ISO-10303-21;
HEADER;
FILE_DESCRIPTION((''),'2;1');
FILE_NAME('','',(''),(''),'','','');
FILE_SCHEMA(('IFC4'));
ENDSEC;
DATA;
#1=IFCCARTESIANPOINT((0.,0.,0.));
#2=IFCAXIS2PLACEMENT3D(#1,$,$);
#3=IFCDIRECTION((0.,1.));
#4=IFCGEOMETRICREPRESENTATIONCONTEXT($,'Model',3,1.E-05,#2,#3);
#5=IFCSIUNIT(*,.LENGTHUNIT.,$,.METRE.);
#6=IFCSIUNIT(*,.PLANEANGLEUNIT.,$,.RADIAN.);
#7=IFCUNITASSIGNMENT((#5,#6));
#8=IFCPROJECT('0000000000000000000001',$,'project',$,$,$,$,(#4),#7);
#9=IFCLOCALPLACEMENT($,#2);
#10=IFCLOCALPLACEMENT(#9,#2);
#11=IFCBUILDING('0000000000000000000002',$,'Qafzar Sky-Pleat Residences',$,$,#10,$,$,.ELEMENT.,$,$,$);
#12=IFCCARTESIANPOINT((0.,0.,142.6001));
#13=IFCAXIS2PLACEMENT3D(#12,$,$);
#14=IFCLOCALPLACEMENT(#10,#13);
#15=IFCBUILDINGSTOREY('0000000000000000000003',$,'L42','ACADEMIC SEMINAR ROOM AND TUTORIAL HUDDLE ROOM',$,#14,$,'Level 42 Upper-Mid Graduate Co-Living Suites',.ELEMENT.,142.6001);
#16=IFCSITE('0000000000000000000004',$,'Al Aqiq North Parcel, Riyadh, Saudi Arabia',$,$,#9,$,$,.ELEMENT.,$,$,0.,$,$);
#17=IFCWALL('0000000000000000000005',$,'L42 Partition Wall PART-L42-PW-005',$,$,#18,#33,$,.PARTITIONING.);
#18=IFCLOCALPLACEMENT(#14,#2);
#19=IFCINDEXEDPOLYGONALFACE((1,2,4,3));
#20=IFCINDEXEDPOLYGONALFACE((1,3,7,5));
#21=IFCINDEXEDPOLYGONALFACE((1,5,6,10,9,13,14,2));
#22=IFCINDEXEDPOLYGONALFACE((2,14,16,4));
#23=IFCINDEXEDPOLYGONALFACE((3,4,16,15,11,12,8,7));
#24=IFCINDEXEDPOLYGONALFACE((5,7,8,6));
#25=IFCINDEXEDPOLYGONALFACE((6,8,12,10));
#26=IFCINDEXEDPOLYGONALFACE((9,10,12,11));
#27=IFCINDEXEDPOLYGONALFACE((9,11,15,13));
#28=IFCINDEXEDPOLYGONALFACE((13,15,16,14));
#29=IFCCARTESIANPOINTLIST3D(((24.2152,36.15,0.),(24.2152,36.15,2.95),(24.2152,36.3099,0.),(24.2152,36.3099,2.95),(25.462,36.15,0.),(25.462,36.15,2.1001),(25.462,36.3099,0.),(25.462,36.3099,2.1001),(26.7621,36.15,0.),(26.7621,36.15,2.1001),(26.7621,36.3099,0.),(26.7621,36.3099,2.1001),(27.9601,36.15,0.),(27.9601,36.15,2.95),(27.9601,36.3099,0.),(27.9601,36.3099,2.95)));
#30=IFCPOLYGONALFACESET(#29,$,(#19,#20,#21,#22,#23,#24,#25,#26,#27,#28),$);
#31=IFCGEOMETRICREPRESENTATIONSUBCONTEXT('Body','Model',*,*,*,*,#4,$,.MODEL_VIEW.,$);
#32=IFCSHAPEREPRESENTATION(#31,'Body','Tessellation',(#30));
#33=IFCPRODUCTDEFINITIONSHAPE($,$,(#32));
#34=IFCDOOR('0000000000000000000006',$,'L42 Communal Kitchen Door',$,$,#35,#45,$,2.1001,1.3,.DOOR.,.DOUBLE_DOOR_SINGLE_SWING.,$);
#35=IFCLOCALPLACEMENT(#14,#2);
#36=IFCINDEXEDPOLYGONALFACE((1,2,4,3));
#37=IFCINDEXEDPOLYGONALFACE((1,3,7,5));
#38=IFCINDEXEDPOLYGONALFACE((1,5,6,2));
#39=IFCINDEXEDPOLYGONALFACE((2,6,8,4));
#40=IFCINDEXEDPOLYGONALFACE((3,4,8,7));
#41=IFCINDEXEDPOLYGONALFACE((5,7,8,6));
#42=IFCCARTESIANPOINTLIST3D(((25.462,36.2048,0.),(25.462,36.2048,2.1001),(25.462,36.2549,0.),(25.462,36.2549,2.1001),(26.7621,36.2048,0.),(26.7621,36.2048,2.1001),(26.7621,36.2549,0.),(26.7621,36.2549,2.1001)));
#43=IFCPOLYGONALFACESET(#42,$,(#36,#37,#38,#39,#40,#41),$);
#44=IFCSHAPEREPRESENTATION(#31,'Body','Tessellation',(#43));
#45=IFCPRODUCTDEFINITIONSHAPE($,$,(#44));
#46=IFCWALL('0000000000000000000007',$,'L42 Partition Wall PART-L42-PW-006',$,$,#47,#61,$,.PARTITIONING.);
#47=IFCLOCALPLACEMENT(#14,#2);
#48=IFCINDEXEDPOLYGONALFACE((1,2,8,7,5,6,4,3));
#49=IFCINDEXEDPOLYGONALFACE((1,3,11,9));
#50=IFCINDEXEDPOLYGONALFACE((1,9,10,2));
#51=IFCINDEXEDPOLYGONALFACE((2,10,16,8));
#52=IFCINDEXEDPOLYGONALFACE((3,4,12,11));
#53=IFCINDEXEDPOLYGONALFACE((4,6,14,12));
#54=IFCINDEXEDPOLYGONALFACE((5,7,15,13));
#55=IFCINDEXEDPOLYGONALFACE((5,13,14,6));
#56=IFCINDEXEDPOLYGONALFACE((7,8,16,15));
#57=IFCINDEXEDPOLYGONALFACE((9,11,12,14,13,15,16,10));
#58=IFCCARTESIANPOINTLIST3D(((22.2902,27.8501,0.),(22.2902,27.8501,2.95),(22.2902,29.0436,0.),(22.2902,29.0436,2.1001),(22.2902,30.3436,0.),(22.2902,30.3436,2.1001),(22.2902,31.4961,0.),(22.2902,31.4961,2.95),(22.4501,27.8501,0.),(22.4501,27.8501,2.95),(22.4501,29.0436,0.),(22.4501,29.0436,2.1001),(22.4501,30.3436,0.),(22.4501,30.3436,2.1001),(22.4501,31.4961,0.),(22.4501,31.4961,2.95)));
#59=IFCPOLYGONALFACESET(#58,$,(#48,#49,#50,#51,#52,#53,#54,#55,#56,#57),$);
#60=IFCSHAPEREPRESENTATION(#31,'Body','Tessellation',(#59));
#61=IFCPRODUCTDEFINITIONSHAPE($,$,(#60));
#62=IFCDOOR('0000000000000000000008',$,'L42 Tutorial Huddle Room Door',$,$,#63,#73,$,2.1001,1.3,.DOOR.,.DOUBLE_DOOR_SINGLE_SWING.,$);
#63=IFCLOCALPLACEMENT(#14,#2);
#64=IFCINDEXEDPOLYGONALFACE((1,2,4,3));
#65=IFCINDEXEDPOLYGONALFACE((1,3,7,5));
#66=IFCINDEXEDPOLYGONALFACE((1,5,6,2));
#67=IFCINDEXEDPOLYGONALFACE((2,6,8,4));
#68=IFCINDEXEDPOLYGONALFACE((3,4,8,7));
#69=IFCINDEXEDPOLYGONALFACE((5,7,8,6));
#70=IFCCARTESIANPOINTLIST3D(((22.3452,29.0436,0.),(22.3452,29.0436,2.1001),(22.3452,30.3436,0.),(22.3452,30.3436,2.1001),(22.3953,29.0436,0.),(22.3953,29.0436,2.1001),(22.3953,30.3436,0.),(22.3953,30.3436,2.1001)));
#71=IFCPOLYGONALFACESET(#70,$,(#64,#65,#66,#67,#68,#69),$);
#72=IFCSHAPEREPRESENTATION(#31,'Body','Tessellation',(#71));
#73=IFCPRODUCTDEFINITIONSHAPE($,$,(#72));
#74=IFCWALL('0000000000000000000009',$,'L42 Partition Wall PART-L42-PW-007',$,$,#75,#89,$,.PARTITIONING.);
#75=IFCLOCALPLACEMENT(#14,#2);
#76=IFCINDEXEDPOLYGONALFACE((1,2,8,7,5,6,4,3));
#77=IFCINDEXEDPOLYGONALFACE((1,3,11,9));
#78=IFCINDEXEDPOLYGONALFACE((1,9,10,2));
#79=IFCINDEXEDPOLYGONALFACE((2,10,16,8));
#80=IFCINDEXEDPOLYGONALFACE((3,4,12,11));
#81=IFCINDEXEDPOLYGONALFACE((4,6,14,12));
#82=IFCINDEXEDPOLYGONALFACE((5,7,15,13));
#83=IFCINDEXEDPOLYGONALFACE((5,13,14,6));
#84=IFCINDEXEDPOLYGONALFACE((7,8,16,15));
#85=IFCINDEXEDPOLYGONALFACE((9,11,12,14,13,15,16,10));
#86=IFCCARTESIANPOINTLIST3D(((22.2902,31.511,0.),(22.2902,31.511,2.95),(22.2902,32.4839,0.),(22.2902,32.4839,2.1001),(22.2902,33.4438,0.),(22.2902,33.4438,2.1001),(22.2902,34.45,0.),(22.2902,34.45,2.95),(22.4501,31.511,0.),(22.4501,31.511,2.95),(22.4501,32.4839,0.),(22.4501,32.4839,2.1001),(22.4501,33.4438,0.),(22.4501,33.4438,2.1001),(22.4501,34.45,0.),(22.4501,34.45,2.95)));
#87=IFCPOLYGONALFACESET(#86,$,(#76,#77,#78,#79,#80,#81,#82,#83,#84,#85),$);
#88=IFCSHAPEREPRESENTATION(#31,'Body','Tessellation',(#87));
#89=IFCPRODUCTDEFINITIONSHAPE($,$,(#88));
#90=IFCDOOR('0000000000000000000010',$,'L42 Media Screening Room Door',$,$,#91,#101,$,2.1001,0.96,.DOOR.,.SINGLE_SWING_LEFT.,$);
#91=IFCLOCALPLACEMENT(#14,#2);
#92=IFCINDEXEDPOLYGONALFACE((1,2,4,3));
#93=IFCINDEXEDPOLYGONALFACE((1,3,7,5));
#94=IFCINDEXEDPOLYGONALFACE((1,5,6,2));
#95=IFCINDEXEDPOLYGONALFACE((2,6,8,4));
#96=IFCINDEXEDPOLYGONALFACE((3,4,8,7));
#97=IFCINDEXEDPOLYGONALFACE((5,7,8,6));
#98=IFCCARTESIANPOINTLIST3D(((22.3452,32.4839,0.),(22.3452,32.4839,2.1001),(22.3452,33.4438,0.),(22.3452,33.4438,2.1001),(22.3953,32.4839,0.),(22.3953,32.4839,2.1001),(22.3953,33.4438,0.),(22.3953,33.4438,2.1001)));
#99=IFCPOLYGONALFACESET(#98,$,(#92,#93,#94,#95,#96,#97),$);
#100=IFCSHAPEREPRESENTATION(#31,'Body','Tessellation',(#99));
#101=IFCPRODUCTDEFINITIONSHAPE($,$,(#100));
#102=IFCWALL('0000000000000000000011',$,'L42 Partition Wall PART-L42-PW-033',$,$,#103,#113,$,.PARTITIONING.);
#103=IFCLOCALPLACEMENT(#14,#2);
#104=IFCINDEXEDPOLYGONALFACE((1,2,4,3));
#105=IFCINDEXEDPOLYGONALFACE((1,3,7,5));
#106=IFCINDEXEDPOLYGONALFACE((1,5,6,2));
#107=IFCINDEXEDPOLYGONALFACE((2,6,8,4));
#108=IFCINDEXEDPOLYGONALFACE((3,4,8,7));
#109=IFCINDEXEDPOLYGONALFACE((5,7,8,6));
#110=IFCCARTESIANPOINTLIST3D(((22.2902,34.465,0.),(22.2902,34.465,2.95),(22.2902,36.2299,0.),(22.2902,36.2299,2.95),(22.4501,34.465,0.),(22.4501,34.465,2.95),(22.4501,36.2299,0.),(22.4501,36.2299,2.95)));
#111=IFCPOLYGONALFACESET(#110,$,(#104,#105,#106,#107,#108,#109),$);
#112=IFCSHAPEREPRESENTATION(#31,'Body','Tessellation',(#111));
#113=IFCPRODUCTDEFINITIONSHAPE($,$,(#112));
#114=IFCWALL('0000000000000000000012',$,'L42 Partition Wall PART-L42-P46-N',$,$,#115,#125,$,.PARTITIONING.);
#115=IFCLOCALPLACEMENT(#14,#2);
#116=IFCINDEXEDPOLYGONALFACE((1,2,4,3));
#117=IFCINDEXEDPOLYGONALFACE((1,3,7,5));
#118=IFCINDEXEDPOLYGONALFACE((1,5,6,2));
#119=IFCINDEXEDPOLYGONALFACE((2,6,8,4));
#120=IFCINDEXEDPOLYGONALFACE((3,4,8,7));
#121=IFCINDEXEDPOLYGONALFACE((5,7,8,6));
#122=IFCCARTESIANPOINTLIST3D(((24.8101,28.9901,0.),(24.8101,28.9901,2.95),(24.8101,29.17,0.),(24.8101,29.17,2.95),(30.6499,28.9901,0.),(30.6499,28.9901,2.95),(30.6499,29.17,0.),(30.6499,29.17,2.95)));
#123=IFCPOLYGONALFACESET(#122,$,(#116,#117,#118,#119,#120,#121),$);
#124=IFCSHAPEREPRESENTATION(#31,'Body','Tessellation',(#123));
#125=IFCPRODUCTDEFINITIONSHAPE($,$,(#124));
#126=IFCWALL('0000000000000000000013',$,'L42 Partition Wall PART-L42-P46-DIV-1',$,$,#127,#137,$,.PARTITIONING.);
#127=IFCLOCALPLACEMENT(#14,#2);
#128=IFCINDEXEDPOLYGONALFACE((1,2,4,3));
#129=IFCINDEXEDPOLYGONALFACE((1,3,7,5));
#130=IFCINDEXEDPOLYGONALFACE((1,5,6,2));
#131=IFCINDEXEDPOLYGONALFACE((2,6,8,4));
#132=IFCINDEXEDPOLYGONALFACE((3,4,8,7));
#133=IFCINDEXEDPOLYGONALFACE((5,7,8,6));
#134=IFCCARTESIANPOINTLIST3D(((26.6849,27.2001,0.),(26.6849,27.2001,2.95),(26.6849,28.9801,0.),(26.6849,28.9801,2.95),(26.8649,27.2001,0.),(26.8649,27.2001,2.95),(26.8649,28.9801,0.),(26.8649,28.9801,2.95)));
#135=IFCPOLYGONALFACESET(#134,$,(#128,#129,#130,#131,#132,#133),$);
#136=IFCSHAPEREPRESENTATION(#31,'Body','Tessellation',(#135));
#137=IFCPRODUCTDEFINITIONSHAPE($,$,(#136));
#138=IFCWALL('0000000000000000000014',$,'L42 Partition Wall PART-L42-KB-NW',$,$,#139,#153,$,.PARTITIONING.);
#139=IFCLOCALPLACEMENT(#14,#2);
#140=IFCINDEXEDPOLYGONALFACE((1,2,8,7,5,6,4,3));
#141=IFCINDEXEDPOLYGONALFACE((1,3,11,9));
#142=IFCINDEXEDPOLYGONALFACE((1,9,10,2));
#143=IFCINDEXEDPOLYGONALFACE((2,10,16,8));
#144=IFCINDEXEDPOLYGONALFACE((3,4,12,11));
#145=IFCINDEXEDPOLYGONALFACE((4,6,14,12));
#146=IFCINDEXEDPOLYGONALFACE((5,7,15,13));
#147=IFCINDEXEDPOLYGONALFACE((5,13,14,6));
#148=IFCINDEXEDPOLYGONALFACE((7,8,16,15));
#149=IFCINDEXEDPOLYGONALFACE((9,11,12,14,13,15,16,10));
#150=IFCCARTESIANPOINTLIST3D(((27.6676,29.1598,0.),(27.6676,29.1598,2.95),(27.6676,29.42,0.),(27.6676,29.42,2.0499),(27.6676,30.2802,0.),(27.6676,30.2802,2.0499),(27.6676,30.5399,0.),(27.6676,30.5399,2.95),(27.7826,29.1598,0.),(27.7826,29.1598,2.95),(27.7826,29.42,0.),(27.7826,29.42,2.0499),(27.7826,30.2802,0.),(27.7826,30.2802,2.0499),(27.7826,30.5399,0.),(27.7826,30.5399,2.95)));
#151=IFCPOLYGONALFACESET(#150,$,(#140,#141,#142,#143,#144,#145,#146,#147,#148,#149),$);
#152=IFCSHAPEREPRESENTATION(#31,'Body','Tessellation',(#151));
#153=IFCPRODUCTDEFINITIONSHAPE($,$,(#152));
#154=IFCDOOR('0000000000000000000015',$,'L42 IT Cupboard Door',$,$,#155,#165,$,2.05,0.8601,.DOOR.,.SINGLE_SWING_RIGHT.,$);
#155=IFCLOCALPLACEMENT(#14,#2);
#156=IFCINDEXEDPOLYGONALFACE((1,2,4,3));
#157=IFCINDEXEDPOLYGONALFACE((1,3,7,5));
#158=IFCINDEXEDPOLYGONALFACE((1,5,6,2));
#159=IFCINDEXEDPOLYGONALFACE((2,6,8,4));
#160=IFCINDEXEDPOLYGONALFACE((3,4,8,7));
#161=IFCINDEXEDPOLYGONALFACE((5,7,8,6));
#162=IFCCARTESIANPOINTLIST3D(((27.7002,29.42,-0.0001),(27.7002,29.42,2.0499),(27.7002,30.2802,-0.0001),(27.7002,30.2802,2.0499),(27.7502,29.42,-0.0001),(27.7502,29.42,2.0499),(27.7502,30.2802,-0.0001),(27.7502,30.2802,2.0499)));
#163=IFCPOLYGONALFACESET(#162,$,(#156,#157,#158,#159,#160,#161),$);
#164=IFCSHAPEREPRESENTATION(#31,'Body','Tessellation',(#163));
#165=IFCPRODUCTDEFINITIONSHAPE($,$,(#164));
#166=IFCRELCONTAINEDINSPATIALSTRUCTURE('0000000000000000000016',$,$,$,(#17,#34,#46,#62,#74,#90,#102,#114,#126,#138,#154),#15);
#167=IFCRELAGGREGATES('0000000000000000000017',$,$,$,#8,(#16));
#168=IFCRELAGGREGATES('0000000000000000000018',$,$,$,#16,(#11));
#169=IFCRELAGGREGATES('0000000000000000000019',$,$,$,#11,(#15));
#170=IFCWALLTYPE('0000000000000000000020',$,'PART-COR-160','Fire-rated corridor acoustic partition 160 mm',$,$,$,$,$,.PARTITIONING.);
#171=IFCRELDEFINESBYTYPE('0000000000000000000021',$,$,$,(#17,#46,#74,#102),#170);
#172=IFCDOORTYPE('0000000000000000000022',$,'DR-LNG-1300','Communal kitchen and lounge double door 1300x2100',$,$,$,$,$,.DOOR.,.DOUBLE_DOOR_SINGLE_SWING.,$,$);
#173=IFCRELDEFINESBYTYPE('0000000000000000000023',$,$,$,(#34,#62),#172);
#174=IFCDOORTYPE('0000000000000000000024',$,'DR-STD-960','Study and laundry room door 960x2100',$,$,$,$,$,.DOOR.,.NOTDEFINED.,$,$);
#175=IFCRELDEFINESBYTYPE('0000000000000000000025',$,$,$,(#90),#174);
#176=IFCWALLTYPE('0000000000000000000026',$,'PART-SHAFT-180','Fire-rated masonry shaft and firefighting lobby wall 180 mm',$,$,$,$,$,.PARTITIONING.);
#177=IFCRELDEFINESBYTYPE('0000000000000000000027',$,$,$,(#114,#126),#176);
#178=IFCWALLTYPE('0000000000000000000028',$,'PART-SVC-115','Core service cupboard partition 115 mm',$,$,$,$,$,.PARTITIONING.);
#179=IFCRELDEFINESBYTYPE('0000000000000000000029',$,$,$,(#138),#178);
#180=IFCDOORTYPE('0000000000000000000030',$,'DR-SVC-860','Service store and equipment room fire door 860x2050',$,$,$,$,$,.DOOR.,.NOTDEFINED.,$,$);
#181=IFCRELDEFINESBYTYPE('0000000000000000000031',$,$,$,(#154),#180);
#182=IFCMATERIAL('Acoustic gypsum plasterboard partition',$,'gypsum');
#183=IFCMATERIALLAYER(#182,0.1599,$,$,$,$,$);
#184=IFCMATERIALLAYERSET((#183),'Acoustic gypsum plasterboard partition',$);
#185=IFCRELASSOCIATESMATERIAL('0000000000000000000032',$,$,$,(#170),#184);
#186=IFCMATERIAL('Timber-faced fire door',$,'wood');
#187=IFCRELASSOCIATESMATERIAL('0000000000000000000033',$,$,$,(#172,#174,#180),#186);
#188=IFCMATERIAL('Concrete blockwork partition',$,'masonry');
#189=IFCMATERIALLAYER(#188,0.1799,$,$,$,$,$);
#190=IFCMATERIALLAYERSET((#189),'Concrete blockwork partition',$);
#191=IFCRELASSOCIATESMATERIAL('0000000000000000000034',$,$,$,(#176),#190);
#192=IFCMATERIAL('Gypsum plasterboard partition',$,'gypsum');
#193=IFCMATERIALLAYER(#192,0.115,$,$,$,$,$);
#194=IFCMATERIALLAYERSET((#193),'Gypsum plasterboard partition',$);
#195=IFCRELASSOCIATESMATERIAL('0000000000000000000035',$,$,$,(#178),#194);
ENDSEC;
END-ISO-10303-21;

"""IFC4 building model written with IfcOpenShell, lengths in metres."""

from ifc_helpers import new_model, si_unit, direction, frame, frame_2d, origin, place, context, subcontext, project, spatial, rectangle, extrude, source, transform, mapped, material, layer, layer_set, type_object, element, fill, save


model = new_model("IFC4")

# Units and contexts
model_context = context("Model", 3, precision=1e-05, world=origin(), true_north=direction((0.0, 1.0)))
body_context = subcontext(model_context, "Body", "Model", "MODEL_VIEW")
ifc_project = project(units=[si_unit("LENGTHUNIT", "METRE"), si_unit("PLANEANGLEUNIT", "RADIAN")], contexts=[model_context])

# Site, building, storey
site_placement = place(None, origin())
site = spatial("IfcSite", under=ifc_project, at=site_placement, Name="Al Aqiq North Parcel, Riyadh, Saudi Arabia", CompositionType="ELEMENT", RefElevation=0.0)
building_placement = place(site_placement, origin())
building = spatial("IfcBuilding", under=site, at=building_placement, Name="Qafzar Sky-Pleat Residences", CompositionType="ELEMENT")
storey_placement = place(building_placement, frame((0.0, 0.0, 142.6001)))
storey = spatial("IfcBuildingStorey", under=building, at=storey_placement, Name="L42", Description="ACADEMIC SEMINAR ROOM AND TUTORIAL HUDDLE ROOM", LongName="Level 42 Upper-Mid Graduate Co-Living Suites", CompositionType="ELEMENT", Elevation=142.6001)

# Walls, openings, doors
ifc_material_1 = material(Name="Acoustic gypsum plasterboard partition", Category="gypsum")
ifc_layer_1 = layer(ifc_material_1, 0.1599)
ifc_layer_set_1 = layer_set([ifc_layer_1], Name="Acoustic gypsum plasterboard partition")
wall_type_1 = type_object("IfcWallType", Name="PART-COR-160", Description="Fire-rated corridor acoustic partition 160 mm", PredefinedType="PARTITIONING", material=ifc_layer_set_1)
wall_1_placement = place(storey_placement, frame((24.2151, 36.23, 0.0), z_axis=(0.0, 0.0, 1.0), x_axis=(1.0, 0.0, 0.0)))
wall_1 = element("IfcWall", 1, at=wall_1_placement, inside=storey, type_object=wall_type_1, Name="L42 Partition Wall PART-L42-PW-005", PredefinedType="PARTITIONING", context=body_context, shape_type="SweptSolid", body=[
    extrude(rectangle(XDim=3.7449, YDim=0.1599, at=frame_2d((1.8726, 0.0))), origin(), (0.0, 0.0, 1.0), 2.95),
])
opening_1_placement = place(wall_1_placement, frame((1.2471, 0.0, 0.0)))
opening_1 = element("IfcOpeningElement", 2, at=opening_1_placement, cuts=wall_1, PredefinedType="OPENING", context=body_context, shape_type="SweptSolid", body=[
    extrude(rectangle(XDim=1.3, YDim=2.1001, at=frame_2d((0.6499, 1.05))), frame((0.0, 0.0898, 0.0), z_axis=(0.0, -1.0, 0.0), x_axis=(1.0, 0.0, 0.0)), (0.0, 0.0, 1.0), 0.1799),
])
ifc_material_2 = material(Name="Timber-faced fire door", Category="wood")
door_type_1 = type_object("IfcDoorType", Name="DR-LNG-1300", Description="Communal kitchen and lounge double door 1300x2100", OperationType="DOUBLE_DOOR_SINGLE_SWING", PredefinedType="DOOR", material=ifc_material_2)
shared_shape_1 = source(origin(), body_context, "Body", "SweptSolid", [
    extrude(rectangle(XDim=1.3, YDim=2.1001, at=frame_2d((0.6499, 1.05))), frame((0.0, 0.0249, 0.0), z_axis=(0.0, -1.0, 0.0), x_axis=(1.0, 0.0, 0.0)), (0.0, 0.0, 1.0), 0.05),
])
door_1_placement = place(opening_1_placement, origin())
door_1 = element("IfcDoor", 3, at=door_1_placement, inside=storey, type_object=door_type_1, Name="L42 Communal Kitchen Door", OperationType="DOUBLE_DOOR_SINGLE_SWING", OverallHeight=2.1001, OverallWidth=1.3, PredefinedType="DOOR", context=body_context, shape_type="MappedRepresentation", body=[
    mapped(shared_shape_1, transform((0.0, 0.0, 0.0), x_axis=(1.0, 0.0, 0.0), y_axis=(0.0, 1.0, 0.0), z_axis=(0.0, 0.0, 1.0), scale=1.0)),
])
fill(opening_1, door_1)
wall_2_placement = place(storey_placement, frame((22.3701, 27.8501, 0.0), z_axis=(0.0, 0.0, 1.0), x_axis=(0.0, 1.0, 0.0)))
wall_2 = element("IfcWall", 4, at=wall_2_placement, inside=storey, type_object=wall_type_1, Name="L42 Partition Wall PART-L42-PW-006", PredefinedType="PARTITIONING", context=body_context, shape_type="SweptSolid", body=[
    extrude(rectangle(XDim=3.646, YDim=0.1599, at=frame_2d((1.823, 0.0))), origin(), (0.0, 0.0, 1.0), 2.95),
])
opening_2_placement = place(wall_2_placement, frame((1.1936, 0.0, 0.0)))
opening_2 = element("IfcOpeningElement", 5, at=opening_2_placement, cuts=wall_2, PredefinedType="OPENING", context=body_context, shape_type="SweptSolid", body=[
    extrude(rectangle(XDim=1.3, YDim=2.1001, at=frame_2d((0.6499, 1.05))), frame((0.0, 0.0898, 0.0), z_axis=(0.0, -1.0, 0.0), x_axis=(1.0, 0.0, 0.0)), (0.0, 0.0, 1.0), 0.1799),
])
door_2_placement = place(opening_2_placement, origin())
door_2 = element("IfcDoor", 6, at=door_2_placement, inside=storey, type_object=door_type_1, Name="L42 Tutorial Huddle Room Door", OperationType="DOUBLE_DOOR_SINGLE_SWING", OverallHeight=2.1001, OverallWidth=1.3, PredefinedType="DOOR", context=body_context, shape_type="MappedRepresentation", body=[
    mapped(shared_shape_1, transform((0.0, 0.0, 0.0), x_axis=(1.0, 0.0, 0.0), y_axis=(0.0, 1.0, 0.0), z_axis=(0.0, 0.0, 1.0), scale=1.0)),
])
fill(opening_2, door_2)
wall_3_placement = place(storey_placement, frame((22.3701, 31.511, 0.0), z_axis=(0.0, 0.0, 1.0), x_axis=(0.0, 1.0, 0.0)))
wall_3 = element("IfcWall", 7, at=wall_3_placement, inside=storey, type_object=wall_type_1, Name="L42 Partition Wall PART-L42-PW-007", PredefinedType="PARTITIONING", context=body_context, shape_type="SweptSolid", body=[
    extrude(rectangle(XDim=2.939, YDim=0.1599, at=frame_2d((1.4695, 0.0))), origin(), (0.0, 0.0, 1.0), 2.95),
])
opening_3_placement = place(wall_3_placement, frame((0.9729, 0.0, 0.0)))
opening_3 = element("IfcOpeningElement", 8, at=opening_3_placement, cuts=wall_3, PredefinedType="OPENING", context=body_context, shape_type="SweptSolid", body=[
    extrude(rectangle(XDim=0.96, YDim=2.1001, at=frame_2d((0.48, 1.05))), frame((0.0, 0.0898, 0.0), z_axis=(0.0, -1.0, 0.0), x_axis=(1.0, 0.0, 0.0)), (0.0, 0.0, 1.0), 0.1799),
])
door_type_2 = type_object("IfcDoorType", Name="DR-STD-960", Description="Study and laundry room door 960x2100", OperationType="NOTDEFINED", PredefinedType="DOOR", material=ifc_material_2)
shared_shape_2 = source(origin(), body_context, "Body", "SweptSolid", [
    extrude(rectangle(XDim=0.96, YDim=2.1001, at=frame_2d((0.48, 1.05))), frame((0.0, 0.0249, 0.0), z_axis=(0.0, -1.0, 0.0), x_axis=(1.0, 0.0, 0.0)), (0.0, 0.0, 1.0), 0.05),
])
door_3_placement = place(opening_3_placement, origin())
door_3 = element("IfcDoor", 9, at=door_3_placement, inside=storey, type_object=door_type_2, Name="L42 Media Screening Room Door", OperationType="SINGLE_SWING_LEFT", OverallHeight=2.1001, OverallWidth=0.96, PredefinedType="DOOR", context=body_context, shape_type="MappedRepresentation", body=[
    mapped(shared_shape_2, transform((0.0, 0.0, 0.0), x_axis=(1.0, 0.0, 0.0), y_axis=(0.0, 1.0, 0.0), z_axis=(0.0, 0.0, 1.0), scale=1.0)),
])
fill(opening_3, door_3)

# Walls
wall_4_placement = place(storey_placement, frame((22.3701, 34.4651, 0.0), z_axis=(0.0, 0.0, 1.0), x_axis=(0.0, 1.0, 0.0)))
element("IfcWall", 10, at=wall_4_placement, inside=storey, type_object=wall_type_1, Name="L42 Partition Wall PART-L42-PW-033", PredefinedType="PARTITIONING", context=body_context, shape_type="SweptSolid", body=[
    extrude(rectangle(XDim=1.7649, YDim=0.1599, at=frame_2d((0.8823, 0.0))), origin(), (0.0, 0.0, 1.0), 2.95),
])
ifc_material_3 = material(Name="Concrete blockwork partition", Category="masonry")
ifc_layer_2 = layer(ifc_material_3, 0.1799)
ifc_layer_set_2 = layer_set([ifc_layer_2], Name="Concrete blockwork partition")
wall_type_2 = type_object("IfcWallType", Name="PART-SHAFT-180", Description="Fire-rated masonry shaft and firefighting lobby wall 180 mm", PredefinedType="PARTITIONING", material=ifc_layer_set_2)
wall_5_placement = place(storey_placement, frame((24.8101, 29.0801, 0.0), z_axis=(0.0, 0.0, 1.0), x_axis=(1.0, 0.0, 0.0)))
element("IfcWall", 11, at=wall_5_placement, inside=storey, type_object=wall_type_2, Name="L42 Partition Wall PART-L42-P46-N", PredefinedType="PARTITIONING", context=body_context, shape_type="SweptSolid", body=[
    extrude(rectangle(XDim=5.8398, YDim=0.1799, at=frame_2d((2.9199, 0.0))), origin(), (0.0, 0.0, 1.0), 2.95),
])

# Wall
wall_6_placement = place(storey_placement, frame((26.7749, 27.2, 0.0), z_axis=(0.0, 0.0, 1.0), x_axis=(0.0, 1.0, 0.0)))
element("IfcWall", 12, at=wall_6_placement, inside=storey, type_object=wall_type_2, Name="L42 Partition Wall PART-L42-P46-DIV-1", PredefinedType="PARTITIONING", context=body_context, shape_type="SweptSolid", body=[
    extrude(rectangle(XDim=1.78, YDim=0.1799, at=frame_2d((0.8901, 0.0))), origin(), (0.0, 0.0, 1.0), 2.95),
])

# Wall, opening, door
ifc_material_4 = material(Name="Gypsum plasterboard partition", Category="gypsum")
ifc_layer_3 = layer(ifc_material_4, 0.115)
ifc_layer_set_3 = layer_set([ifc_layer_3], Name="Gypsum plasterboard partition")
wall_type_3 = type_object("IfcWallType", Name="PART-SVC-115", Description="Core service cupboard partition 115 mm", PredefinedType="PARTITIONING", material=ifc_layer_set_3)
wall_7_placement = place(storey_placement, frame((27.7251, 29.1599, 0.0), z_axis=(0.0, 0.0, 1.0), x_axis=(0.0, 1.0, 0.0)))
wall_7 = element("IfcWall", 13, at=wall_7_placement, inside=storey, type_object=wall_type_3, Name="L42 Partition Wall PART-L42-KB-NW", PredefinedType="PARTITIONING", context=body_context, shape_type="SweptSolid", body=[
    extrude(rectangle(XDim=1.3801, YDim=0.115, at=frame_2d((0.6899, 0.0))), origin(), (0.0, 0.0, 1.0), 2.95),
])
opening_4_placement = place(wall_7_placement, frame((0.26, 0.0, 0.0)))
opening_4 = element("IfcOpeningElement", 14, at=opening_4_placement, cuts=wall_7, PredefinedType="OPENING", context=body_context, shape_type="SweptSolid", body=[
    extrude(rectangle(XDim=0.8601, YDim=2.05, at=frame_2d((0.4302, 1.0249))), frame((0.0, 0.0674, 0.0), z_axis=(0.0, -1.0, 0.0), x_axis=(1.0, 0.0, 0.0)), (0.0, 0.0, 1.0), 0.135),
])
door_type_3 = type_object("IfcDoorType", Name="DR-SVC-860", Description="Service store and equipment room fire door 860x2050", OperationType="NOTDEFINED", PredefinedType="DOOR", material=ifc_material_2)
shared_shape_3 = source(origin(), body_context, "Body", "SweptSolid", [
    extrude(rectangle(XDim=0.8601, YDim=2.05, at=frame_2d((0.4302, 1.0249))), frame((0.0, 0.0249, 0.0), z_axis=(0.0, -1.0, 0.0), x_axis=(1.0, 0.0, 0.0)), (0.0, 0.0, 1.0), 0.05),
])
door_4_placement = place(opening_4_placement, origin())
door_4 = element("IfcDoor", 15, at=door_4_placement, inside=storey, type_object=door_type_3, Name="L42 IT Cupboard Door", OperationType="SINGLE_SWING_RIGHT", OverallHeight=2.05, OverallWidth=0.8601, PredefinedType="DOOR", context=body_context, shape_type="MappedRepresentation", body=[
    mapped(shared_shape_3, transform((0.0, 0.0, 0.0), x_axis=(1.0, 0.0, 0.0), y_axis=(0.0, 1.0, 0.0), z_axis=(0.0, 0.0, 1.0), scale=1.0)),
])
fill(opening_4, door_4)

save(model, "model.ifc")
